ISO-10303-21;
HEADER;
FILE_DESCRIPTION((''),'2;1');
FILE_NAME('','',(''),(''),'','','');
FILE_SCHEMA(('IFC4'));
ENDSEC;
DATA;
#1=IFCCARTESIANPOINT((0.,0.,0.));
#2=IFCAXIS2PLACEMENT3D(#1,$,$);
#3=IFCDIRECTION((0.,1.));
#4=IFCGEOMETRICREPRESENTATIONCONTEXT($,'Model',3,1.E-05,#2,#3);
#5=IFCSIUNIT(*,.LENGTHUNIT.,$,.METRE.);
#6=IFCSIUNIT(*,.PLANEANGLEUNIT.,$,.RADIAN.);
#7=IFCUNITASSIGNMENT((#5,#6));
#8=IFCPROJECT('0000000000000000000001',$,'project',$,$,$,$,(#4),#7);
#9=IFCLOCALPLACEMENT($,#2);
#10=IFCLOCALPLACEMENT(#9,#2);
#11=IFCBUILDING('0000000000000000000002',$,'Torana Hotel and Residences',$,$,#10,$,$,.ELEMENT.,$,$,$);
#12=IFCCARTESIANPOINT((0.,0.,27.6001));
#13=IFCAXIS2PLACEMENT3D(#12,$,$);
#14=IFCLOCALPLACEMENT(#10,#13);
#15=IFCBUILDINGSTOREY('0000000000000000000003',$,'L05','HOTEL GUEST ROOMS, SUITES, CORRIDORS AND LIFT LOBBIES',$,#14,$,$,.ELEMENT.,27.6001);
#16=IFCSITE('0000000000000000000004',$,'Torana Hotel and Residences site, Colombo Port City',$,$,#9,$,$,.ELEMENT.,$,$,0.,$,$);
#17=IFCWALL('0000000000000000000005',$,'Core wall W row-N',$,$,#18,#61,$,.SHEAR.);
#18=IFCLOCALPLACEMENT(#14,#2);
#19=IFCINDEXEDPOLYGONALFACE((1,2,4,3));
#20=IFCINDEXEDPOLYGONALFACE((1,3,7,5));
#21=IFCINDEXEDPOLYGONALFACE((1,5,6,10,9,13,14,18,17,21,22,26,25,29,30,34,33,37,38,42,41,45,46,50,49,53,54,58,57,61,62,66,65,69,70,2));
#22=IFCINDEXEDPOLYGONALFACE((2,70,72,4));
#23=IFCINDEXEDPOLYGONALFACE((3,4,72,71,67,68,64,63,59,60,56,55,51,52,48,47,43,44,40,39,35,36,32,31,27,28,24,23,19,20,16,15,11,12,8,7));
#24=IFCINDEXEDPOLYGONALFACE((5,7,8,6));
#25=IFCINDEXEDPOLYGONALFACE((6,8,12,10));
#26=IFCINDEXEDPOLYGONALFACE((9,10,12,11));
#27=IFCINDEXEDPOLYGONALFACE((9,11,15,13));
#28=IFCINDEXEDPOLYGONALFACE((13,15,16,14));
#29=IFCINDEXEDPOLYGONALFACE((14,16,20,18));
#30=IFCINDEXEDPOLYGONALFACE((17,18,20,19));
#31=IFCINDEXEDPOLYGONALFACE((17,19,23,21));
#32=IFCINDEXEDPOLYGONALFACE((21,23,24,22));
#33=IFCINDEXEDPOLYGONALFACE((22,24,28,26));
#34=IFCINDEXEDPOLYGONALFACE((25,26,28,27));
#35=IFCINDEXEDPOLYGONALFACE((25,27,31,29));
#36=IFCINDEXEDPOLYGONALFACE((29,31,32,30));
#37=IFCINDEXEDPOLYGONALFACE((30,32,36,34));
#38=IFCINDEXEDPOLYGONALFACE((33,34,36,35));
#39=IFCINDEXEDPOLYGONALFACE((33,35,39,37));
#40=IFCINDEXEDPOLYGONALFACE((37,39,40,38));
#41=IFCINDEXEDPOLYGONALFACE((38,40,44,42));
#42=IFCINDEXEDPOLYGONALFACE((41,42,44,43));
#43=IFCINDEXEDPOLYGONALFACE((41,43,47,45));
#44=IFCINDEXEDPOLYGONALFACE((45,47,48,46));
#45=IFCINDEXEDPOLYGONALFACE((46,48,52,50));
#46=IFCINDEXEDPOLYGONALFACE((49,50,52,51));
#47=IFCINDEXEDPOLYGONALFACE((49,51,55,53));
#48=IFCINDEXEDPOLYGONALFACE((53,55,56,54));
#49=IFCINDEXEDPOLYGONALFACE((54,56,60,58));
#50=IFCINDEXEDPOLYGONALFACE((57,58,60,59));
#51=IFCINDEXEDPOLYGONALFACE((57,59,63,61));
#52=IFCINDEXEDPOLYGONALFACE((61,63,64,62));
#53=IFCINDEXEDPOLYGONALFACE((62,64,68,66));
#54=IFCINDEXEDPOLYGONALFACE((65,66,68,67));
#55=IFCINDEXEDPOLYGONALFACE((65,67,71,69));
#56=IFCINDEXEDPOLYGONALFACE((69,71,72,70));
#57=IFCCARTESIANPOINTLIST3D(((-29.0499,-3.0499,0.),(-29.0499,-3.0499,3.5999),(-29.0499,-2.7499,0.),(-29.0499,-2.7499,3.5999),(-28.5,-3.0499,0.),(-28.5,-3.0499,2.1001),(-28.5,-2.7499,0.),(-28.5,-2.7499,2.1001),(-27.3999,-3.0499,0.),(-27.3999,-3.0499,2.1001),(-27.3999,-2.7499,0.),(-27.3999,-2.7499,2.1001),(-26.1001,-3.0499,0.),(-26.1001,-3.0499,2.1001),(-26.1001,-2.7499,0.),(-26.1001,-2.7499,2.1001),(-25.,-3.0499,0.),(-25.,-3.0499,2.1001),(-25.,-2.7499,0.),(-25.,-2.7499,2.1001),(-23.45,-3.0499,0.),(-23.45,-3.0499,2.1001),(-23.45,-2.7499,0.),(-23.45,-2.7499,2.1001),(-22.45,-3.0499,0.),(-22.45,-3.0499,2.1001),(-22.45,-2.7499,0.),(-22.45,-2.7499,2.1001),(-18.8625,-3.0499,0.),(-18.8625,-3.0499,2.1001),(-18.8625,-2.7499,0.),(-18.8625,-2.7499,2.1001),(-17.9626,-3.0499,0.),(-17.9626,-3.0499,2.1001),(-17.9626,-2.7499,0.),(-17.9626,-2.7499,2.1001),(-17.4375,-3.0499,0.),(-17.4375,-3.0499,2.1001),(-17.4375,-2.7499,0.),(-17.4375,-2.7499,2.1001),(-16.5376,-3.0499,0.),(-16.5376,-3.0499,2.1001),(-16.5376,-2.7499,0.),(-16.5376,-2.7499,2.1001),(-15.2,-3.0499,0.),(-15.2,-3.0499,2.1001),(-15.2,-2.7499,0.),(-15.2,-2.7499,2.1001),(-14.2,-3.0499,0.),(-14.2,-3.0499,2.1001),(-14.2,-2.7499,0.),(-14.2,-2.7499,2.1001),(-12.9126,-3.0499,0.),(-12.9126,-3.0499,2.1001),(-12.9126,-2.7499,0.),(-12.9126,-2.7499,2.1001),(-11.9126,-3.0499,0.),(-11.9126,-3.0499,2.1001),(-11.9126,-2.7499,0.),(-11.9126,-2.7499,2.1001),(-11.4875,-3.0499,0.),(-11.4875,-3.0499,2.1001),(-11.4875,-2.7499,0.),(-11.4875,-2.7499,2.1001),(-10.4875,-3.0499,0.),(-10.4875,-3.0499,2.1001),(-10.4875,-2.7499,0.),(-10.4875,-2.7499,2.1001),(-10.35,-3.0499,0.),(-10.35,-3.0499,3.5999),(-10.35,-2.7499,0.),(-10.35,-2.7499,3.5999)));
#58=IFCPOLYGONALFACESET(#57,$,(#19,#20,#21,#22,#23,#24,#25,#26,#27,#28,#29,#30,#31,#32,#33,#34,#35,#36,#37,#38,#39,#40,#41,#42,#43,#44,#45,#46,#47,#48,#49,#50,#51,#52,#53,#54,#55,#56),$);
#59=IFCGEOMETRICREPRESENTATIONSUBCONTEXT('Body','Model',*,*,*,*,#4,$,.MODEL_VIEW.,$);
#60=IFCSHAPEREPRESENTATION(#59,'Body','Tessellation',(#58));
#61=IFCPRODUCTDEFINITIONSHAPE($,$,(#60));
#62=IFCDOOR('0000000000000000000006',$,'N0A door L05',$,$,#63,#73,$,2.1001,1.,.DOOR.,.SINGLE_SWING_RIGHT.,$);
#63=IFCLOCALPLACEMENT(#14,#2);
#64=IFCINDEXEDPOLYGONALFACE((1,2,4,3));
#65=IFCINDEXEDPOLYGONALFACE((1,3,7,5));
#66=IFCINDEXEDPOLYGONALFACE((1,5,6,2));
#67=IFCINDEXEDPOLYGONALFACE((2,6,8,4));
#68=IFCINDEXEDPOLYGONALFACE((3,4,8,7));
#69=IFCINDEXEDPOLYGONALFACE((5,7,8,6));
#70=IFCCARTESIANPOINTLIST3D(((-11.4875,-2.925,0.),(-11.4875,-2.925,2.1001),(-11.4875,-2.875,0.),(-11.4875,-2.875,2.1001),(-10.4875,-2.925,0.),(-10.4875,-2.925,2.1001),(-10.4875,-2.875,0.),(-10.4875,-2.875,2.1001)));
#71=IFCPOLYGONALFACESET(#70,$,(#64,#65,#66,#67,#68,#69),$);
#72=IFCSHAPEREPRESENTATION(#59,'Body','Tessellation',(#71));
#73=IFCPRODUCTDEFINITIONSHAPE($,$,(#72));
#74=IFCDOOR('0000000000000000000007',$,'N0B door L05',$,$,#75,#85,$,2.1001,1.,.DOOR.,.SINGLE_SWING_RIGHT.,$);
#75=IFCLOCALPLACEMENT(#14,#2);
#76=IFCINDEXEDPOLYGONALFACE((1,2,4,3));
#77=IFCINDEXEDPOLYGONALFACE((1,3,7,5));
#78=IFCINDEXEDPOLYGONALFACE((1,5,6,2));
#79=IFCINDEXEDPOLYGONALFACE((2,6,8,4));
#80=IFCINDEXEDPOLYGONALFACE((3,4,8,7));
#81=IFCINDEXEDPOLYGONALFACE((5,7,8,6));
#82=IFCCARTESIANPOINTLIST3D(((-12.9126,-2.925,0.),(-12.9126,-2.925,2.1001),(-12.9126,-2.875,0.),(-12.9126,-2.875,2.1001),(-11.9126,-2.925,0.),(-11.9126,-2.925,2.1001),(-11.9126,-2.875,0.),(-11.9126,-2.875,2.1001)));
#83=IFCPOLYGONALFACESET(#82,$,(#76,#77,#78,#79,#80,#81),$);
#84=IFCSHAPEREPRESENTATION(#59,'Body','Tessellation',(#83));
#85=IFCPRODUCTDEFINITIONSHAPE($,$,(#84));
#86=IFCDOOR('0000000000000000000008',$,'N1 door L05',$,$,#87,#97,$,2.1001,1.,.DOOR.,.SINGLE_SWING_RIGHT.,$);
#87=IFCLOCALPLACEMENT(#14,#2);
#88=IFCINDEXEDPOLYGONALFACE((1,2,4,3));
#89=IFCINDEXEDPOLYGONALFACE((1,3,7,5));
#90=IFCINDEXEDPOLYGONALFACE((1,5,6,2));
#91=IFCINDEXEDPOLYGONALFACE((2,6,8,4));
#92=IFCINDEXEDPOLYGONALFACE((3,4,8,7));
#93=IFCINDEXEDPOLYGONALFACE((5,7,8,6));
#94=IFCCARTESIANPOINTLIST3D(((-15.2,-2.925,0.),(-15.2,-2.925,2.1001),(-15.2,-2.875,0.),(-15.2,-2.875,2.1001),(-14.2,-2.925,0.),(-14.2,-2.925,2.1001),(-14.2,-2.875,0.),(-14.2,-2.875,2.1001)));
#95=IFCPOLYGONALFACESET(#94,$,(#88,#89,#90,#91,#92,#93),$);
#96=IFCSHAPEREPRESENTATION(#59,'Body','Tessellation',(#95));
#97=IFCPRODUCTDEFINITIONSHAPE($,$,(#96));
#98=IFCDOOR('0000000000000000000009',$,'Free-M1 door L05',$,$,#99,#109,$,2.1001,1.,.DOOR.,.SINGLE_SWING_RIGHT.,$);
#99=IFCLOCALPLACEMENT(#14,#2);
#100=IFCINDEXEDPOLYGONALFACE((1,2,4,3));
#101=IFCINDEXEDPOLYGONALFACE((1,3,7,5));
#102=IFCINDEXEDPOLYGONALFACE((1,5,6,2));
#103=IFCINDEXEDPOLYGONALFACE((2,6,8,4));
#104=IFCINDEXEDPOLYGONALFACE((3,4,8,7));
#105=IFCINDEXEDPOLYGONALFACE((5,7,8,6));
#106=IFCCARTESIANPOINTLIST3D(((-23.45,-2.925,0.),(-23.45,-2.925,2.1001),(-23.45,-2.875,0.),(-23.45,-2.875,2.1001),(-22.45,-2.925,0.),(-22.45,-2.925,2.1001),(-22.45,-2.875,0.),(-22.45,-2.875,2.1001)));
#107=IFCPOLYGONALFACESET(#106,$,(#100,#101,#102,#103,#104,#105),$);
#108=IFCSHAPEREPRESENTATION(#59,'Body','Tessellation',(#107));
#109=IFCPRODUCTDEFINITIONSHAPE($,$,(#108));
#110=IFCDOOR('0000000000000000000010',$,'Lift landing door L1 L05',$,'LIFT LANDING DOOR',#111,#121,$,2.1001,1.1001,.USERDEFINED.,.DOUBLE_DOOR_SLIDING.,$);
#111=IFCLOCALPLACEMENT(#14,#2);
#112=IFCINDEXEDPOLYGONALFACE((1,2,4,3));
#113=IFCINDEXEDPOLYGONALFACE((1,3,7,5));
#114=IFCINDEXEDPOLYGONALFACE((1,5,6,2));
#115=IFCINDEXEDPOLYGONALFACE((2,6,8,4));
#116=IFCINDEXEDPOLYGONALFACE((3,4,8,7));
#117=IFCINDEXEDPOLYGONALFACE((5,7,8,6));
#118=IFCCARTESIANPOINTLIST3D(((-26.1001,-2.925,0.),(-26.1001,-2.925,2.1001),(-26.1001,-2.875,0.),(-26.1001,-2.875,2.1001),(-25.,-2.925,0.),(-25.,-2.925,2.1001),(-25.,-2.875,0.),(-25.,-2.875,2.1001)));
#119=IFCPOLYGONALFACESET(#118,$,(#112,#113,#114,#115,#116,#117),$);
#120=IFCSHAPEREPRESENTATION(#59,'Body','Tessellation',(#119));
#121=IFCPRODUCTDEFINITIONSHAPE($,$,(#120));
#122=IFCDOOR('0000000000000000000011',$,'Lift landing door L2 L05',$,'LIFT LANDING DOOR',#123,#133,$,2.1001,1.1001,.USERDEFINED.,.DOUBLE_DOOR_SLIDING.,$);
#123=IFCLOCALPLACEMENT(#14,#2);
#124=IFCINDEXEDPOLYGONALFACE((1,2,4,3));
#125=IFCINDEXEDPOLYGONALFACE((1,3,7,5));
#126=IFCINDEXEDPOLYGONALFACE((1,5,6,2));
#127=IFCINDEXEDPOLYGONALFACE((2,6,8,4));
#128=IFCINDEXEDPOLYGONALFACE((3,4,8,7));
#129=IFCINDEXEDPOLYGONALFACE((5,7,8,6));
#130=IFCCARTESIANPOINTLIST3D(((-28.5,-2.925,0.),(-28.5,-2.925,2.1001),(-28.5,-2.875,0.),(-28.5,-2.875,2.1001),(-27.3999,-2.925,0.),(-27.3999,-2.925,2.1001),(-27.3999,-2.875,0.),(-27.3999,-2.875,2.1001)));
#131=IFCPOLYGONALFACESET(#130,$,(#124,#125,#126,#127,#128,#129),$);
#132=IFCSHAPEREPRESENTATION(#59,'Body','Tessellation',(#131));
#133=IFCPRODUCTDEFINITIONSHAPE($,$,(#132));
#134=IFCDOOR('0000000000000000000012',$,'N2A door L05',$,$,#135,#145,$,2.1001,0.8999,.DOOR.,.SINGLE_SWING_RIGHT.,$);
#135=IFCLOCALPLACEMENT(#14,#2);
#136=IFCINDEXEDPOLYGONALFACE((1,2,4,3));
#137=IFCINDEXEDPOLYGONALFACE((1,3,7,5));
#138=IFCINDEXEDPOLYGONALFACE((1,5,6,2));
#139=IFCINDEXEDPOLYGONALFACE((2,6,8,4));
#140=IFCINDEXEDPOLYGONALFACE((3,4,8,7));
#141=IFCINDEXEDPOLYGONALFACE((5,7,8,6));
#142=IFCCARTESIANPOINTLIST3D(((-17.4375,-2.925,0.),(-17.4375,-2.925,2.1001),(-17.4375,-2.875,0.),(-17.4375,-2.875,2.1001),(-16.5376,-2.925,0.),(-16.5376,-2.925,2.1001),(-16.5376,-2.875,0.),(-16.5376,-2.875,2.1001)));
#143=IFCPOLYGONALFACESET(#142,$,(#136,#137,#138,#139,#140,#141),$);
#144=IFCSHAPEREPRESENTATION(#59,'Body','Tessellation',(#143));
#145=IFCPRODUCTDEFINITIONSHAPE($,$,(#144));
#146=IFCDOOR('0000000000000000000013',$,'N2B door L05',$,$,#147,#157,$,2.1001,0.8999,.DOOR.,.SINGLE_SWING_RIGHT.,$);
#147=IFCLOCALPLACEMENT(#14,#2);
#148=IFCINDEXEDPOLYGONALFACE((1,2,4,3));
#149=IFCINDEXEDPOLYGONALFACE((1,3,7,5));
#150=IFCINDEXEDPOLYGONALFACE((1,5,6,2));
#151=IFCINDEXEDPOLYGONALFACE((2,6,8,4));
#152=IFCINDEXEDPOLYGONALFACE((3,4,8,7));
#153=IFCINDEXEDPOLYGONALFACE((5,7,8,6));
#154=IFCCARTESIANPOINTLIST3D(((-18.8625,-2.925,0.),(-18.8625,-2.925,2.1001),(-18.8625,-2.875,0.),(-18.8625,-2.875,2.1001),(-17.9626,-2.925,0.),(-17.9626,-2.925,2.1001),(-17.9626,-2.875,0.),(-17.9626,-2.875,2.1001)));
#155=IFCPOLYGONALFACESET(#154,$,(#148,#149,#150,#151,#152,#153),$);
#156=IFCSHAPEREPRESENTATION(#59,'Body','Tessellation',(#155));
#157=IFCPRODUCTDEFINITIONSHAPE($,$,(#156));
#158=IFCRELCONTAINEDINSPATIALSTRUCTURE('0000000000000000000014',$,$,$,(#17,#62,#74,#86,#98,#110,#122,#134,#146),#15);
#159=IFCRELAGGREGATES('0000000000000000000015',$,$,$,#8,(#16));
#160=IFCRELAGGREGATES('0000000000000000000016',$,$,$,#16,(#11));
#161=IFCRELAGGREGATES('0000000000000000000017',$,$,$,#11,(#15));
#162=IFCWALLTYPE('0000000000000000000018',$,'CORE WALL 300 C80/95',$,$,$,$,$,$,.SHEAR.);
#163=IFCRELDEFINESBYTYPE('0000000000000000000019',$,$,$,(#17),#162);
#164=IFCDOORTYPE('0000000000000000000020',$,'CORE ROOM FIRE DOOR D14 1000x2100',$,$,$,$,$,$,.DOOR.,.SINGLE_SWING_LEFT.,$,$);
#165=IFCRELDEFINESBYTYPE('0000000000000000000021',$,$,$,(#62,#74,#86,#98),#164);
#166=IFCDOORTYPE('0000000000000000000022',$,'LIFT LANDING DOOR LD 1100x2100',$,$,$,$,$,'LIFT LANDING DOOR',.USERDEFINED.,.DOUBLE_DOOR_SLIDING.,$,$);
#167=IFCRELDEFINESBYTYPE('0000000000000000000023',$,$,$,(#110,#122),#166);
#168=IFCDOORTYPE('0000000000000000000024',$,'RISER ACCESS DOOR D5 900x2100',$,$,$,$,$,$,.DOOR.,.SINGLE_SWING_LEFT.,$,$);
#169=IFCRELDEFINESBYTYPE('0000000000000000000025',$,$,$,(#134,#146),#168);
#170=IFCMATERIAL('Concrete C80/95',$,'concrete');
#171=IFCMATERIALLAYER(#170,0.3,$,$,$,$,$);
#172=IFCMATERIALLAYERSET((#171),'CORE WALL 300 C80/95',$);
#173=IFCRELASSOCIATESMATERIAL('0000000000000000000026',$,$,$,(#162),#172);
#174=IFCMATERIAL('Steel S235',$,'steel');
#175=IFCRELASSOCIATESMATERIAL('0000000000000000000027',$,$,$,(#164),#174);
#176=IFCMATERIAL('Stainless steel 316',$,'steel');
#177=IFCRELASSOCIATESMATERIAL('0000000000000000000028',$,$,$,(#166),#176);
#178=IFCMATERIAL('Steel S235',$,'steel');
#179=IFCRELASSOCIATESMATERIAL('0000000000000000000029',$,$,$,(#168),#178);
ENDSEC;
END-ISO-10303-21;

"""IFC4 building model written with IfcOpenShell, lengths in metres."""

from ifc_helpers import new_model, si_unit, direction, frame, frame_2d, origin, place, context, subcontext, project, spatial, rectangle, extrude, material, layer, layer_set, type_object, element, fill, save


model = new_model("IFC4")

# Units and contexts
model_context = context("Model", 3, precision=1e-05, world=origin(), true_north=direction((0.0, 1.0)))
body_context = subcontext(model_context, "Body", "Model", "MODEL_VIEW")
ifc_project = project(units=[si_unit("LENGTHUNIT", "METRE"), si_unit("PLANEANGLEUNIT", "RADIAN")], contexts=[model_context])

# Site, building, storey
site_placement = place(None, origin())
site = spatial("IfcSite", under=ifc_project, at=site_placement, Name="Torana Hotel and Residences site, Colombo Port City", CompositionType="ELEMENT", RefElevation=0.0)
building_placement = place(site_placement, origin())
building = spatial("IfcBuilding", under=site, at=building_placement, Name="Torana Hotel and Residences", CompositionType="ELEMENT")
storey_placement = place(building_placement, frame((0.0, 0.0, 27.6001)))
storey = spatial("IfcBuildingStorey", under=building, at=storey_placement, Name="L05", Description="HOTEL GUEST ROOMS, SUITES, CORRIDORS AND LIFT LOBBIES", CompositionType="ELEMENT", Elevation=27.6001)

# Wall, openings, doors
ifc_material_1 = material(Name="Concrete C80/95", Category="concrete")
ifc_layer_1 = layer(ifc_material_1, 0.3)
ifc_layer_set_1 = layer_set([ifc_layer_1], Name="CORE WALL 300 C80/95")
wall_type_1 = type_object("IfcWallType", Name="CORE WALL 300 C80/95", PredefinedType="SHEAR", material=ifc_layer_set_1)
wall_1_placement = place(storey_placement, frame((-29.05, -2.8999, 0.0), z_axis=(0.0, 0.0, 1.0), x_axis=(1.0, 0.0, 0.0)))
wall_1 = element("IfcWall", 1, at=wall_1_placement, inside=storey, type_object=wall_type_1, Name="Core wall W row-N", PredefinedType="SHEAR", context=body_context, shape_type="SweptSolid", body=[
    extrude(rectangle(XDim=18.7, YDim=0.3, at=frame_2d((9.3501, 0.0))), origin(), (0.0, 0.0, 1.0), 3.5999),
])
opening_1_placement = place(wall_1_placement, frame((2.95, 0.0, 0.0)))
opening_1 = element("IfcOpeningElement", 2, at=opening_1_placement, cuts=wall_1, PredefinedType="OPENING", context=body_context, shape_type="SweptSolid", body=[
    extrude(rectangle(XDim=1.1001, YDim=2.1001, at=frame_2d((0.55, 1.05))), frame((0.0, 0.1599, 0.0), z_axis=(0.0, -1.0, 0.0), x_axis=(1.0, 0.0, 0.0)), (0.0, 0.0, 1.0), 0.3201),
])
opening_2_placement = place(wall_1_placement, frame((0.55, 0.0, 0.0)))
opening_2 = element("IfcOpeningElement", 3, at=opening_2_placement, cuts=wall_1, PredefinedType="OPENING", context=body_context, shape_type="SweptSolid", body=[
    extrude(rectangle(XDim=1.1001, YDim=2.1001, at=frame_2d((0.55, 1.05))), frame((0.0, 0.1599, 0.0), z_axis=(0.0, -1.0, 0.0), x_axis=(1.0, 0.0, 0.0)), (0.0, 0.0, 1.0), 0.3201),
])
opening_3_placement = place(wall_1_placement, frame((11.6125, 0.0, 0.0)))
opening_3 = element("IfcOpeningElement", 4, at=opening_3_placement, cuts=wall_1, PredefinedType="OPENING", context=body_context, shape_type="SweptSolid", body=[
    extrude(rectangle(XDim=0.8999, YDim=2.1001, at=frame_2d((0.45, 1.05))), frame((0.0, 0.1599, 0.0), z_axis=(0.0, -1.0, 0.0), x_axis=(1.0, 0.0, 0.0)), (0.0, 0.0, 1.0), 0.3201),
])
opening_4_placement = place(wall_1_placement, frame((10.1875, 0.0, 0.0)))
opening_4 = element("IfcOpeningElement", 5, at=opening_4_placement, cuts=wall_1, PredefinedType="OPENING", context=body_context, shape_type="SweptSolid", body=[
    extrude(rectangle(XDim=0.8999, YDim=2.1001, at=frame_2d((0.45, 1.05))), frame((0.0, 0.1599, 0.0), z_axis=(0.0, -1.0, 0.0), x_axis=(1.0, 0.0, 0.0)), (0.0, 0.0, 1.0), 0.3201),
])
opening_5_placement = place(wall_1_placement, frame((17.5625, 0.0, 0.0)))
opening_5 = element("IfcOpeningElement", 6, at=opening_5_placement, cuts=wall_1, PredefinedType="OPENING", context=body_context, shape_type="SweptSolid", body=[
    extrude(rectangle(XDim=1.0, YDim=2.1001, at=frame_2d((0.5, 1.05))), frame((0.0, 0.1599, 0.0), z_axis=(0.0, -1.0, 0.0), x_axis=(1.0, 0.0, 0.0)), (0.0, 0.0, 1.0), 0.3201),
])
opening_6_placement = place(wall_1_placement, frame((16.1375, 0.0, 0.0)))
opening_6 = element("IfcOpeningElement", 7, at=opening_6_placement, cuts=wall_1, PredefinedType="OPENING", context=body_context, shape_type="SweptSolid", body=[
    extrude(rectangle(XDim=1.0, YDim=2.1001, at=frame_2d((0.5, 1.05))), frame((0.0, 0.1599, 0.0), z_axis=(0.0, -1.0, 0.0), x_axis=(1.0, 0.0, 0.0)), (0.0, 0.0, 1.0), 0.3201),
])
opening_7_placement = place(wall_1_placement, frame((13.8501, 0.0, 0.0)))
opening_7 = element("IfcOpeningElement", 8, at=opening_7_placement, cuts=wall_1, PredefinedType="OPENING", context=body_context, shape_type="SweptSolid", body=[
    extrude(rectangle(XDim=1.0, YDim=2.1001, at=frame_2d((0.5, 1.05))), frame((0.0, 0.1599, 0.0), z_axis=(0.0, -1.0, 0.0), x_axis=(1.0, 0.0, 0.0)), (0.0, 0.0, 1.0), 0.3201),
])
opening_8_placement = place(wall_1_placement, frame((5.6001, 0.0, 0.0)))
opening_8 = element("IfcOpeningElement", 9, at=opening_8_placement, cuts=wall_1, PredefinedType="OPENING", context=body_context, shape_type="SweptSolid", body=[
    extrude(rectangle(XDim=1.0, YDim=2.1001, at=frame_2d((0.5, 1.05))), frame((0.0, 0.1599, 0.0), z_axis=(0.0, -1.0, 0.0), x_axis=(1.0, 0.0, 0.0)), (0.0, 0.0, 1.0), 0.3201),
])
ifc_material_2 = material(Name="Steel S235", Category="steel")
door_type_1 = type_object("IfcDoorType", Name="CORE ROOM FIRE DOOR D14 1000x2100", OperationType="SINGLE_SWING_LEFT", PredefinedType="DOOR", material=ifc_material_2)
door_1_placement = place(opening_5_placement, origin())
door_1 = element("IfcDoor", 10, at=door_1_placement, inside=storey, type_object=door_type_1, Name="N0A door L05", OperationType="SINGLE_SWING_RIGHT", OverallHeight=2.1001, OverallWidth=1.0, PredefinedType="DOOR", context=body_context, shape_type="SweptSolid", body=[
    extrude(rectangle(XDim=1.0, YDim=2.1001, at=frame_2d((0.5, 1.05))), frame((0.0, 0.0249, 0.0), z_axis=(0.0, -1.0, 0.0), x_axis=(1.0, 0.0, 0.0)), (0.0, 0.0, 1.0), 0.05),
])
fill(opening_5, door_1)
door_2_placement = place(opening_6_placement, origin())
door_2 = element("IfcDoor", 11, at=door_2_placement, inside=storey, type_object=door_type_1, Name="N0B door L05", OperationType="SINGLE_SWING_RIGHT", OverallHeight=2.1001, OverallWidth=1.0, PredefinedType="DOOR", context=body_context, shape_type="SweptSolid", body=[
    extrude(rectangle(XDim=1.0, YDim=2.1001, at=frame_2d((0.5, 1.05))), frame((0.0, 0.0249, 0.0), z_axis=(0.0, -1.0, 0.0), x_axis=(1.0, 0.0, 0.0)), (0.0, 0.0, 1.0), 0.05),
])
fill(opening_6, door_2)
door_3_placement = place(opening_7_placement, origin())
door_3 = element("IfcDoor", 12, at=door_3_placement, inside=storey, type_object=door_type_1, Name="N1 door L05", OperationType="SINGLE_SWING_RIGHT", OverallHeight=2.1001, OverallWidth=1.0, PredefinedType="DOOR", context=body_context, shape_type="SweptSolid", body=[
    extrude(rectangle(XDim=1.0, YDim=2.1001, at=frame_2d((0.5, 1.05))), frame((0.0, 0.0249, 0.0), z_axis=(0.0, -1.0, 0.0), x_axis=(1.0, 0.0, 0.0)), (0.0, 0.0, 1.0), 0.05),
])
fill(opening_7, door_3)
door_4_placement = place(opening_8_placement, origin())
door_4 = element("IfcDoor", 13, at=door_4_placement, inside=storey, type_object=door_type_1, Name="Free-M1 door L05", OperationType="SINGLE_SWING_RIGHT", OverallHeight=2.1001, OverallWidth=1.0, PredefinedType="DOOR", context=body_context, shape_type="SweptSolid", body=[
    extrude(rectangle(XDim=1.0, YDim=2.1001, at=frame_2d((0.5, 1.05))), frame((0.0, 0.0249, 0.0), z_axis=(0.0, -1.0, 0.0), x_axis=(1.0, 0.0, 0.0)), (0.0, 0.0, 1.0), 0.05),
])
fill(opening_8, door_4)
ifc_material_3 = material(Name="Stainless steel 316", Category="steel")
door_type_2 = type_object("IfcDoorType", Name="LIFT LANDING DOOR LD 1100x2100", ElementType="LIFT LANDING DOOR", OperationType="DOUBLE_DOOR_SLIDING", PredefinedType="USERDEFINED", material=ifc_material_3)
door_5_placement = place(opening_1_placement, origin())
door_5 = element("IfcDoor", 14, at=door_5_placement, inside=storey, type_object=door_type_2, Name="Lift landing door L1 L05", ObjectType="LIFT LANDING DOOR", OperationType="DOUBLE_DOOR_SLIDING", OverallHeight=2.1001, OverallWidth=1.1001, PredefinedType="USERDEFINED", context=body_context, shape_type="SweptSolid", body=[
    extrude(rectangle(XDim=1.1001, YDim=2.1001, at=frame_2d((0.55, 1.05))), frame((0.0, 0.0249, 0.0), z_axis=(0.0, -1.0, 0.0), x_axis=(1.0, 0.0, 0.0)), (0.0, 0.0, 1.0), 0.05),
])
fill(opening_1, door_5)
door_6_placement = place(opening_2_placement, origin())
door_6 = element("IfcDoor", 15, at=door_6_placement, inside=storey, type_object=door_type_2, Name="Lift landing door L2 L05", ObjectType="LIFT LANDING DOOR", OperationType="DOUBLE_DOOR_SLIDING", OverallHeight=2.1001, OverallWidth=1.1001, PredefinedType="USERDEFINED", context=body_context, shape_type="SweptSolid", body=[
    extrude(rectangle(XDim=1.1001, YDim=2.1001, at=frame_2d((0.55, 1.05))), frame((0.0, 0.0249, 0.0), z_axis=(0.0, -1.0, 0.0), x_axis=(1.0, 0.0, 0.0)), (0.0, 0.0, 1.0), 0.05),
])
fill(opening_2, door_6)
ifc_material_4 = material(Name="Steel S235", Category="steel")
door_type_3 = type_object("IfcDoorType", Name="RISER ACCESS DOOR D5 900x2100", OperationType="SINGLE_SWING_LEFT", PredefinedType="DOOR", material=ifc_material_4)
door_7_placement = place(opening_3_placement, origin())
door_7 = element("IfcDoor", 16, at=door_7_placement, inside=storey, type_object=door_type_3, Name="N2A door L05", OperationType="SINGLE_SWING_RIGHT", OverallHeight=2.1001, OverallWidth=0.8999, PredefinedType="DOOR", context=body_context, shape_type="SweptSolid", body=[
    extrude(rectangle(XDim=0.8999, YDim=2.1001, at=frame_2d((0.45, 1.05))), frame((0.0, 0.0249, 0.0), z_axis=(0.0, -1.0, 0.0), x_axis=(1.0, 0.0, 0.0)), (0.0, 0.0, 1.0), 0.05),
])
fill(opening_3, door_7)
door_8_placement = place(opening_4_placement, origin())
door_8 = element("IfcDoor", 17, at=door_8_placement, inside=storey, type_object=door_type_3, Name="N2B door L05", OperationType="SINGLE_SWING_RIGHT", OverallHeight=2.1001, OverallWidth=0.8999, PredefinedType="DOOR", context=body_context, shape_type="SweptSolid", body=[
    extrude(rectangle(XDim=0.8999, YDim=2.1001, at=frame_2d((0.45, 1.05))), frame((0.0, 0.0249, 0.0), z_axis=(0.0, -1.0, 0.0), x_axis=(1.0, 0.0, 0.0)), (0.0, 0.0, 1.0), 0.05),
])
fill(opening_4, door_8)

save(model, "model.ifc")
